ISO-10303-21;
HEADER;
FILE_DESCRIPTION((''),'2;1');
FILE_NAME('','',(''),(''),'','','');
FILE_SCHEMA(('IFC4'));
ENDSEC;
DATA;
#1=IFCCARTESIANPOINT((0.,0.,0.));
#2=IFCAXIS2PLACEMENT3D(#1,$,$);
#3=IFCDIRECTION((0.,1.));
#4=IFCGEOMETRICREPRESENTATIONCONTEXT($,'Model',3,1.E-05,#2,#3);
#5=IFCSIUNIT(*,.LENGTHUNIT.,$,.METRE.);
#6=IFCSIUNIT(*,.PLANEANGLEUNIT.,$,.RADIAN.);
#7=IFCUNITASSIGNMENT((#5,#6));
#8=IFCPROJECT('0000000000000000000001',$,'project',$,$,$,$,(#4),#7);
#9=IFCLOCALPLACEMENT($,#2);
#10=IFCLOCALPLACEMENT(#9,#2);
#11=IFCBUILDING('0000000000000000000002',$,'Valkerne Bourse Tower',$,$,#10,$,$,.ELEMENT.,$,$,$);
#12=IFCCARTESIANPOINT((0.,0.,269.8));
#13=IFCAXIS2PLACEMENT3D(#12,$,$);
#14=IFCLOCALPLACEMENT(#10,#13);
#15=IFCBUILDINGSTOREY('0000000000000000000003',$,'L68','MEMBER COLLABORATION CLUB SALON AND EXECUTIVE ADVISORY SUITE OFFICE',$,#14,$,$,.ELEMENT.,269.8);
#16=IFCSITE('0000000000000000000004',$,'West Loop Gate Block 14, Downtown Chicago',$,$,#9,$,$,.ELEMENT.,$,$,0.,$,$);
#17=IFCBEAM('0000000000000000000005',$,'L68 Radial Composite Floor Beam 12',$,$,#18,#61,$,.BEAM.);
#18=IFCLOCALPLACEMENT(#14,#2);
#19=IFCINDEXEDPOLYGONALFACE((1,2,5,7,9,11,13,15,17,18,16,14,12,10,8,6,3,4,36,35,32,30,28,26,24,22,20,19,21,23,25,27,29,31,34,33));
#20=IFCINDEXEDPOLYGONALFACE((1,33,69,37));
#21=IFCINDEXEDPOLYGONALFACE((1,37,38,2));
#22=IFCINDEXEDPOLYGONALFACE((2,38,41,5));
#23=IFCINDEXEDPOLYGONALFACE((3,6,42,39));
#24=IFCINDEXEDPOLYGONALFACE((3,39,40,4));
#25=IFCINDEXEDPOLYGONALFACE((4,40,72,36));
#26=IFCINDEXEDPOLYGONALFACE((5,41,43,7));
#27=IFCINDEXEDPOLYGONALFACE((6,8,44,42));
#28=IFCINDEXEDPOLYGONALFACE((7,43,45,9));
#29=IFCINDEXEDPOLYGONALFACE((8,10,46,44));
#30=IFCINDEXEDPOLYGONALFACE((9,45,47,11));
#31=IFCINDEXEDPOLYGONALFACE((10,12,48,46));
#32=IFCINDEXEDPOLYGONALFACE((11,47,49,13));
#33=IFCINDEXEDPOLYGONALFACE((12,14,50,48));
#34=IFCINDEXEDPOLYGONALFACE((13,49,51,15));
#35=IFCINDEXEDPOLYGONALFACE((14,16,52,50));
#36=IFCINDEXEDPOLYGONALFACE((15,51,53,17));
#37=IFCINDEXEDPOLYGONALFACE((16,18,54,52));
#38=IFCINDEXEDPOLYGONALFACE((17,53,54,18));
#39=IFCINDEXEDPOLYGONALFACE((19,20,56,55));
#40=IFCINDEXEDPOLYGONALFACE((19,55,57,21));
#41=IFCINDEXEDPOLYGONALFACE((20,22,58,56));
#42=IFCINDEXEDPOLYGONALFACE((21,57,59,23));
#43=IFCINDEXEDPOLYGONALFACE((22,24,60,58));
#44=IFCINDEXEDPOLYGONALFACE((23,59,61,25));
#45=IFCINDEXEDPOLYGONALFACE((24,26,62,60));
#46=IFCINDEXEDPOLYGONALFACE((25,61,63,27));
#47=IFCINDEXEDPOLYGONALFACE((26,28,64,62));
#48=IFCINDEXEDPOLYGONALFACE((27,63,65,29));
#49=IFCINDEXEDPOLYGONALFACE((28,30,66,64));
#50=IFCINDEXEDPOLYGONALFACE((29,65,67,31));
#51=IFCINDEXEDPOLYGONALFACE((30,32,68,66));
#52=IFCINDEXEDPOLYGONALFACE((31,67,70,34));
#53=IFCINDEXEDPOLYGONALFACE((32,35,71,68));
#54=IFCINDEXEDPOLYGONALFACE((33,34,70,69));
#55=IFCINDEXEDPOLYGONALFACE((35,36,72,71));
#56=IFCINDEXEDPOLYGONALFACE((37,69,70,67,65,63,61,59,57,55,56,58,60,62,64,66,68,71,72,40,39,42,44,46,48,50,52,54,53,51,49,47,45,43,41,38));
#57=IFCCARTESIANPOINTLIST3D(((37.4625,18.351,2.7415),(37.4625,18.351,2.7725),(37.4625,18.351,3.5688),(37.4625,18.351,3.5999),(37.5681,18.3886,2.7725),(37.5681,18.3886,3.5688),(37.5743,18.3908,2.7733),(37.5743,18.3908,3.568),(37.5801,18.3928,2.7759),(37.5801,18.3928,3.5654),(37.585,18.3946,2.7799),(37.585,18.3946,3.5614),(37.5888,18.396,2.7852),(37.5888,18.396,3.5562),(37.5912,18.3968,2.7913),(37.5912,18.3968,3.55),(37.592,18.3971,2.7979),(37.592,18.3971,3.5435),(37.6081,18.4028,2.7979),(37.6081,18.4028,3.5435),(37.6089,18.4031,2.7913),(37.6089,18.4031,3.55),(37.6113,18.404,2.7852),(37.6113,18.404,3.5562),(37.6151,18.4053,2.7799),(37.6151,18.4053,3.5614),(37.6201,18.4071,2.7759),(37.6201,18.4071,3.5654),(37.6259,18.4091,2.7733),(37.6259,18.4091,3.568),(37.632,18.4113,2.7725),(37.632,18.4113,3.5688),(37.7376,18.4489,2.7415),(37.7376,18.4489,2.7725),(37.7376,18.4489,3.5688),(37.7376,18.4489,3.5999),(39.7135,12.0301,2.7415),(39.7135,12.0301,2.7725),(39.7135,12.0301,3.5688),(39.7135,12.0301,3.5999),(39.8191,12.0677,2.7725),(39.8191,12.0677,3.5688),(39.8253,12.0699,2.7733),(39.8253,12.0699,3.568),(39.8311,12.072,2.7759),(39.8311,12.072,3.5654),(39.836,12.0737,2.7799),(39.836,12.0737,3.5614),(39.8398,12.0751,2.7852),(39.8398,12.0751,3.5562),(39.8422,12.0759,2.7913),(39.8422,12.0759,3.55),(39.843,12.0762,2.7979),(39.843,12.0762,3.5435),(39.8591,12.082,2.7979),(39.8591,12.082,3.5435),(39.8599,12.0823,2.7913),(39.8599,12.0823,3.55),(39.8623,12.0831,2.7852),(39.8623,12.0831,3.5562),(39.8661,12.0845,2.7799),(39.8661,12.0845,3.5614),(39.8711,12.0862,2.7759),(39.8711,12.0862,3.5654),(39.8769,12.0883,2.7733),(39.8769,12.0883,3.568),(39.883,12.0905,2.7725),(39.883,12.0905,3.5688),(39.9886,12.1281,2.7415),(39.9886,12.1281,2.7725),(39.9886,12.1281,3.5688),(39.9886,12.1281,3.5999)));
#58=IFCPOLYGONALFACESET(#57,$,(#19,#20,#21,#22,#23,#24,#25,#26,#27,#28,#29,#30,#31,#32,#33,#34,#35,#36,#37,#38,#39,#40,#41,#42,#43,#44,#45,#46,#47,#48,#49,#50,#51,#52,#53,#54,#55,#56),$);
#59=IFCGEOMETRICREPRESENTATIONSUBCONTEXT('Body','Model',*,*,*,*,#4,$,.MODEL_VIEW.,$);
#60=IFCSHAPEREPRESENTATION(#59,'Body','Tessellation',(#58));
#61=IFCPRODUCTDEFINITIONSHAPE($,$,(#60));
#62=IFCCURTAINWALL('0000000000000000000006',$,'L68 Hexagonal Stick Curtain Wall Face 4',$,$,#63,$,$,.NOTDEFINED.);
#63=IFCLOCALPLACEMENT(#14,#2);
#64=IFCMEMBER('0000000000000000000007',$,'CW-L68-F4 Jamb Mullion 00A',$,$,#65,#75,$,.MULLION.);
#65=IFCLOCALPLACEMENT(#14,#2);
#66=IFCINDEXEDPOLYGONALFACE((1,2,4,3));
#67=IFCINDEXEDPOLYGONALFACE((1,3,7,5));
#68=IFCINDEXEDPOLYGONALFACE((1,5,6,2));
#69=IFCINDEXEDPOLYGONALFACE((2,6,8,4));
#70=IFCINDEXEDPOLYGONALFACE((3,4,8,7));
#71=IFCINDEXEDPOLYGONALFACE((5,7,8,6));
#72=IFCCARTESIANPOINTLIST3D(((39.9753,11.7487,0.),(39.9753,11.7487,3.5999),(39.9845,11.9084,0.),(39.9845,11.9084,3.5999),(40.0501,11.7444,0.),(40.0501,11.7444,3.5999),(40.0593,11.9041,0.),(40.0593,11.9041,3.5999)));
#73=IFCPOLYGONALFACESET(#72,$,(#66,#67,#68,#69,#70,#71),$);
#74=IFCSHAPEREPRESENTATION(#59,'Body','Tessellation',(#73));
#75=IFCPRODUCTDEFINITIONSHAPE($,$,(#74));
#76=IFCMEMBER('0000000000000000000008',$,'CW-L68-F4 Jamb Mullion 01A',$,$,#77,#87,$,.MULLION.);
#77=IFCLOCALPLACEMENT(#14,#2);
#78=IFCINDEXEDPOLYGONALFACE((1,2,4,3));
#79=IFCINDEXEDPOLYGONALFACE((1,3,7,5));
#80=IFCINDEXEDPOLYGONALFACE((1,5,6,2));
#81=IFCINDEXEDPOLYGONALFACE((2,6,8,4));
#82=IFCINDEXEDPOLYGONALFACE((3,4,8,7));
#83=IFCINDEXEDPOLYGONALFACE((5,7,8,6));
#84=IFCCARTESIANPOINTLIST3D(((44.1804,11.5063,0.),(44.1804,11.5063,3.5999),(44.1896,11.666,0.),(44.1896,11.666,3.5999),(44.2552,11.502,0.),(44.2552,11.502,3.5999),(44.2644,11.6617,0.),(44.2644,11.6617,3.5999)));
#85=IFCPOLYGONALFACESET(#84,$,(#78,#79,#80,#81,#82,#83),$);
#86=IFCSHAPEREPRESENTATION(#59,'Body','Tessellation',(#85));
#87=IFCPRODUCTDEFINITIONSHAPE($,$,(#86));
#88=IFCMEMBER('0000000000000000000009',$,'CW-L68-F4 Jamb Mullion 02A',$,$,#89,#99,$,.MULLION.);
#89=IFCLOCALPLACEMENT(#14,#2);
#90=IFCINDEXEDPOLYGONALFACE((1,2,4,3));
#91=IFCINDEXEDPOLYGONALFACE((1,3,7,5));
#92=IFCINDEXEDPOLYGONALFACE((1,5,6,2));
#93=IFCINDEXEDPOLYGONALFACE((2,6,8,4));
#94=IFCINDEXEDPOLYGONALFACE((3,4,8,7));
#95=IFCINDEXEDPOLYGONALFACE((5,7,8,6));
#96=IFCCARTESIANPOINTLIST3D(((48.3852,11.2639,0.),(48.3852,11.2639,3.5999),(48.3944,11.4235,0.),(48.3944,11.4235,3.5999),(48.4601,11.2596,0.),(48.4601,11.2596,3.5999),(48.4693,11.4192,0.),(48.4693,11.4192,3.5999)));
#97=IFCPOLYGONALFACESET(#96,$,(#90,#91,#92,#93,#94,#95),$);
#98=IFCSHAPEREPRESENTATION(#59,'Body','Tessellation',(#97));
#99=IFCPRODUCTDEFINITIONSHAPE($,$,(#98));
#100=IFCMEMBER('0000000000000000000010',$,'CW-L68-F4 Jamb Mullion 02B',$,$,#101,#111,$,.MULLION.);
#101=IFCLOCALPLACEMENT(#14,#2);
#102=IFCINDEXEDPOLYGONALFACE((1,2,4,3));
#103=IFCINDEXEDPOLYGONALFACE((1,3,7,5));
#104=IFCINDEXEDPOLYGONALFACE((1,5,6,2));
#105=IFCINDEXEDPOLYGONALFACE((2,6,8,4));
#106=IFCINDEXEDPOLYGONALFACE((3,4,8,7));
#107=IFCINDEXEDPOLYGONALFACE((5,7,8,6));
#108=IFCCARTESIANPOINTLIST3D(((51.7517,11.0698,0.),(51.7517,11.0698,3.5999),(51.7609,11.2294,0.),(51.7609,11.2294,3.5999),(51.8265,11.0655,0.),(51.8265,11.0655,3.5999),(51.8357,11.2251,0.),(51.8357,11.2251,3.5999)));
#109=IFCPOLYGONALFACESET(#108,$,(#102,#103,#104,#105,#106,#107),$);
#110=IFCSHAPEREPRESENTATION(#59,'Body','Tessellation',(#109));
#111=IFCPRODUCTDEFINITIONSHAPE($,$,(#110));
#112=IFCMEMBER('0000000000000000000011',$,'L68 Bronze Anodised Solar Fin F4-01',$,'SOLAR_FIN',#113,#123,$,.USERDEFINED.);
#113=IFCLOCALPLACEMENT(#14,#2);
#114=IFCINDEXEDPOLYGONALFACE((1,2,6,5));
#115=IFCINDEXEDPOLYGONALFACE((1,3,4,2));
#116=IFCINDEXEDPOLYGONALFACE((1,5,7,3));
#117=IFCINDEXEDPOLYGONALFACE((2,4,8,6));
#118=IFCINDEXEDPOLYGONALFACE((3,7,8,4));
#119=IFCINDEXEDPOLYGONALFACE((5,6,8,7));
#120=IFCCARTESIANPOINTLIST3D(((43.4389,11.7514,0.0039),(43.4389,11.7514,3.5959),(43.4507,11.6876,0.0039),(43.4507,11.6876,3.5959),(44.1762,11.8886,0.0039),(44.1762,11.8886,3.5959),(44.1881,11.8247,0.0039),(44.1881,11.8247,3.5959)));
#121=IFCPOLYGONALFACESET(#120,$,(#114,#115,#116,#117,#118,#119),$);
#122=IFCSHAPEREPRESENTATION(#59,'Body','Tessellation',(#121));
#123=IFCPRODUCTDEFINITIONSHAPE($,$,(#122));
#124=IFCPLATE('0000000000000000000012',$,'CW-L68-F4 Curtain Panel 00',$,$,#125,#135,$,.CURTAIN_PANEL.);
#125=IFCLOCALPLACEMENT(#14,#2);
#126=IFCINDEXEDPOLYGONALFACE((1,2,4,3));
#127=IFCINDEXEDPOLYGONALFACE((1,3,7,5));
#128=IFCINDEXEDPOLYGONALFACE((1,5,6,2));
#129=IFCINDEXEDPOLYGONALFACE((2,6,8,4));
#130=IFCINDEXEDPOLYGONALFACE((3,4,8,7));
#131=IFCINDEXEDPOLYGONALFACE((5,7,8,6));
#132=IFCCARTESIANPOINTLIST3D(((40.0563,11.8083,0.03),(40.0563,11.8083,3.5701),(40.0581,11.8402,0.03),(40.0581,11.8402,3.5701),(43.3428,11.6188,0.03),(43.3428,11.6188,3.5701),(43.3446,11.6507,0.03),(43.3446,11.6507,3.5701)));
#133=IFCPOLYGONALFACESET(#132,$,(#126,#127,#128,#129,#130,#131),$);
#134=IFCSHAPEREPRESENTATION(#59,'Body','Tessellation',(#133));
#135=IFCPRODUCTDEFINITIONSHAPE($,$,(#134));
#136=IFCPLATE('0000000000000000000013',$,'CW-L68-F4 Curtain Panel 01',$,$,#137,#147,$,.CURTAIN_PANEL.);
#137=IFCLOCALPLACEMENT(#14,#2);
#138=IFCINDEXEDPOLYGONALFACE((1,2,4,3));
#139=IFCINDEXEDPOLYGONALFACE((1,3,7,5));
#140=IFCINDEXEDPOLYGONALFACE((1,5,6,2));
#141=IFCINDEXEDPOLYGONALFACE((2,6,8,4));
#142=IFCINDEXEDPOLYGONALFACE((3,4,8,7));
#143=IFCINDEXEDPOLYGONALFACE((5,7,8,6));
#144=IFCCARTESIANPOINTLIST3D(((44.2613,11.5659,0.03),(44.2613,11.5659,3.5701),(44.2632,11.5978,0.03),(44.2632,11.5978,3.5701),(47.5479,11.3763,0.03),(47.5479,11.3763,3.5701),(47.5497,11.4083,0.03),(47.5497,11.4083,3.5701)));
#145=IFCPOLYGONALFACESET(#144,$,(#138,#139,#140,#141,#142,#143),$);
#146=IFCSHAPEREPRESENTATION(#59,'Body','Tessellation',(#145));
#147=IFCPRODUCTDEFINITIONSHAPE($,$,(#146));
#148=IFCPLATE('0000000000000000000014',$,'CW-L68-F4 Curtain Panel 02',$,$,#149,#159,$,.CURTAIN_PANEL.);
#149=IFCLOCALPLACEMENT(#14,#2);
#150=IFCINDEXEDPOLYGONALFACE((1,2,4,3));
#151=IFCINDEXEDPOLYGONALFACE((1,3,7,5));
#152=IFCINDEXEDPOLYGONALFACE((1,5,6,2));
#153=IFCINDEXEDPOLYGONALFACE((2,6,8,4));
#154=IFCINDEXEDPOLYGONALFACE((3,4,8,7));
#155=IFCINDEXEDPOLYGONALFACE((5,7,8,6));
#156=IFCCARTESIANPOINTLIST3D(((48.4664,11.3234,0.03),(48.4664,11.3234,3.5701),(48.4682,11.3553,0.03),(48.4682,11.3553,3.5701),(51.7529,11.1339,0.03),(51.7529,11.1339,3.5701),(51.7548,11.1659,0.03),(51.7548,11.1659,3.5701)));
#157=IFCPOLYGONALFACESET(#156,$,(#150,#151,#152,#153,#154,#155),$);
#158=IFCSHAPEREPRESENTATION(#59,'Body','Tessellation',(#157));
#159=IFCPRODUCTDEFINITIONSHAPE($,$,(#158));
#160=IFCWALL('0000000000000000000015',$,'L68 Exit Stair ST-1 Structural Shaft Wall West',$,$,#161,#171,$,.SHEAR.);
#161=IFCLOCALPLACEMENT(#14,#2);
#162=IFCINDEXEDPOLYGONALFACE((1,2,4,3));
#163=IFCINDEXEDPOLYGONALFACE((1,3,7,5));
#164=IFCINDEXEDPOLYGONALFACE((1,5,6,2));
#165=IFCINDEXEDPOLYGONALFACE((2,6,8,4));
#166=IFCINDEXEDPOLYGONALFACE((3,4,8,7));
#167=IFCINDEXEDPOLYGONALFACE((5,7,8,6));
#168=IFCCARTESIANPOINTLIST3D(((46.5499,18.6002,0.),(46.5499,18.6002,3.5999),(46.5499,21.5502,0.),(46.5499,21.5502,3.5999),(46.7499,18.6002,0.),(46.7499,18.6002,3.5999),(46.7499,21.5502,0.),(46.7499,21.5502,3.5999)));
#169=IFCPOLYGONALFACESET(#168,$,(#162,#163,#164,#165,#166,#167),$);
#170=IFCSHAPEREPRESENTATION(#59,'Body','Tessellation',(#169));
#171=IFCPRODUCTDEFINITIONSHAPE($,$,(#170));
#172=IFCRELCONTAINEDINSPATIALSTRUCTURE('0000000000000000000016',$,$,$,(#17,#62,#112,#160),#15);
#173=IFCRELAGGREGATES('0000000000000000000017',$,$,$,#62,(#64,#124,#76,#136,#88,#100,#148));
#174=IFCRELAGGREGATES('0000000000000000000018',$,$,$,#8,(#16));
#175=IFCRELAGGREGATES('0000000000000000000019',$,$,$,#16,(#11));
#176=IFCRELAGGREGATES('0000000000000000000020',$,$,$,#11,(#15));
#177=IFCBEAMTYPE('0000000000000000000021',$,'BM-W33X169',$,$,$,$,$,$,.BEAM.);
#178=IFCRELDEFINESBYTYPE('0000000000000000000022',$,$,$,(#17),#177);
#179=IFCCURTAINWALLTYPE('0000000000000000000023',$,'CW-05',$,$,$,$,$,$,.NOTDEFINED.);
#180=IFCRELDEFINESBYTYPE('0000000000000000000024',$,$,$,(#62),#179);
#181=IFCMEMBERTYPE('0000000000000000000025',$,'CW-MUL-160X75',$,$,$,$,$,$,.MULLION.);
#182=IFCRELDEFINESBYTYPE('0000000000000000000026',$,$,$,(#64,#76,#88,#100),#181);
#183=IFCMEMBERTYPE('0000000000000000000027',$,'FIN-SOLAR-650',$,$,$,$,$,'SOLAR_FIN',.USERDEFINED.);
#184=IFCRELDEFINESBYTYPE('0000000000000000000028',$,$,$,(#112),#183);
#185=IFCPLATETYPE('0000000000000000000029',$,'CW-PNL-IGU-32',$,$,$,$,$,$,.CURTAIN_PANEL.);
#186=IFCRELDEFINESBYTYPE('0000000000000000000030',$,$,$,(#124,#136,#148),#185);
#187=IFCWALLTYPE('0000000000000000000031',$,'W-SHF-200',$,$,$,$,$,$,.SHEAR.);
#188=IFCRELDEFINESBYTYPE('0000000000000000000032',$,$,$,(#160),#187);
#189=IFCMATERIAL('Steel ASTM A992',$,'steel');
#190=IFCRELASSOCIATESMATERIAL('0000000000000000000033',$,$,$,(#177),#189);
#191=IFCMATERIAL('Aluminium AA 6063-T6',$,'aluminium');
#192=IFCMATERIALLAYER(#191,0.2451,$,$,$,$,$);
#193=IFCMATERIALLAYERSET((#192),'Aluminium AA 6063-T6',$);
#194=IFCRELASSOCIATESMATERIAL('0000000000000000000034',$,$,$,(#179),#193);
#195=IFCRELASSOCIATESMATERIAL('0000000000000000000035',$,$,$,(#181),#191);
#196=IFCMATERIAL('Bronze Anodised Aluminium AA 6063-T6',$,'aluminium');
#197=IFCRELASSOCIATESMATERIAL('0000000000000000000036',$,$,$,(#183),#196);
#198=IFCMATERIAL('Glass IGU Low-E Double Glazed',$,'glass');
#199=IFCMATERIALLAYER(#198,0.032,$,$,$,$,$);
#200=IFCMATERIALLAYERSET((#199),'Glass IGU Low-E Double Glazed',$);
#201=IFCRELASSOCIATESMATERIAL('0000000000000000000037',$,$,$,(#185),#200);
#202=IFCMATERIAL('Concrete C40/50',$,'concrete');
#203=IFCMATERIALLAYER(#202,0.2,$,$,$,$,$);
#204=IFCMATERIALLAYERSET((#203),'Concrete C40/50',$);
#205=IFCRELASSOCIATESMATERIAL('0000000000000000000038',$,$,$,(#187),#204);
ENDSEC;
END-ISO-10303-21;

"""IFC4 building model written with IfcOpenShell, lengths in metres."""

from ifc_helpers import new_model, si_unit, direction, frame, frame_2d, origin, origin_2d, place, context, subcontext, project, spatial, rectangle, i_section, extrude, material, layer, layer_set, material_profile, profile_set, type_object, element, aggregate, save


model = new_model("IFC4")

# Units and contexts
model_context = context("Model", 3, precision=1e-05, world=origin(), true_north=direction((0.0, 1.0)))
body_context = subcontext(model_context, "Body", "Model", "MODEL_VIEW")
ifc_project = project(units=[si_unit("LENGTHUNIT", "METRE"), si_unit("PLANEANGLEUNIT", "RADIAN")], contexts=[model_context])

# Site, building, storey
site_placement = place(None, origin())
site = spatial("IfcSite", under=ifc_project, at=site_placement, Name="West Loop Gate Block 14, Downtown Chicago", CompositionType="ELEMENT", RefElevation=0.0)
building_placement = place(site_placement, origin())
building = spatial("IfcBuilding", under=site, at=building_placement, Name="Valkerne Bourse Tower", CompositionType="ELEMENT")
storey_placement = place(building_placement, frame((0.0, 0.0, 269.8)))
storey = spatial("IfcBuildingStorey", under=building, at=storey_placement, Name="L68", Description="MEMBER COLLABORATION CLUB SALON AND EXECUTIVE ADVISORY SUITE OFFICE", CompositionType="ELEMENT", Elevation=269.8)

# Beam
ifc_material_1 = material(Name="Steel ASTM A992", Category="steel")
ifc_material_profile_1 = material_profile(ifc_material_1, i_section(OverallWidth=0.292, OverallDepth=0.8584, WebThickness=0.0171, FlangeThickness=0.031, FilletRadius=0.0254, at=origin_2d()), Name="W33X169")
ifc_profile_set_1 = profile_set([ifc_material_profile_1], Name="Steel ASTM A992")
beam_type_1 = type_object("IfcBeamType", Name="BM-W33X169", PredefinedType="BEAM", material=ifc_profile_set_1)
beam_1_placement = place(storey_placement, frame((39.8511, 12.0791, 3.1707), z_axis=(-0.335483, 0.942046, 0.0), x_axis=(-0.942046, -0.335483, 0.0)))
element("IfcBeam", 1, at=beam_1_placement, inside=storey, type_object=beam_type_1, Name="L68 Radial Composite Floor Beam 12", PredefinedType="BEAM", context=body_context, shape_type="SweptSolid", body=[
    extrude(i_section(OverallWidth=0.292, OverallDepth=0.8584, WebThickness=0.0171, FlangeThickness=0.031, FilletRadius=0.0254, at=origin_2d()), origin(), (0.0, 0.0, 1.0), 6.7097),
])

# Curtain wall, members
ifc_material_2 = material(Name="Aluminium AA 6063-T6", Category="aluminium")
ifc_layer_1 = layer(ifc_material_2, 0.2451)
ifc_layer_set_1 = layer_set([ifc_layer_1], Name="Aluminium AA 6063-T6")
curtain_wall_type = type_object("IfcCurtainWallType", Name="CW-05", PredefinedType="NOTDEFINED", material=ifc_layer_set_1)
curtain_wall_placement = place(storey_placement, origin())
curtain_wall = element("IfcCurtainWall", 2, at=curtain_wall_placement, inside=storey, type_object=curtain_wall_type, Name="L68 Hexagonal Stick Curtain Wall Face 4", PredefinedType="NOTDEFINED")
ifc_material_profile_2 = material_profile(ifc_material_2, rectangle(XDim=0.075, YDim=0.1599, at=origin_2d()), Name="CWM-75X160")
ifc_profile_set_2 = profile_set([ifc_material_profile_2], Name="Aluminium AA 6063-T6")
member_type_1 = type_object("IfcMemberType", Name="CW-MUL-160X75", PredefinedType="MULLION", material=ifc_profile_set_2)
member_1_placement = place(storey_placement, frame((40.0173, 11.8264, 0.0), z_axis=(0.0, 0.0, 1.0), x_axis=(0.998343, -0.05755, 0.0)))
member_1 = element("IfcMember", 3, at=member_1_placement, type_object=member_type_1, Name="CW-L68-F4 Jamb Mullion 00A", PredefinedType="MULLION", context=body_context, shape_type="SweptSolid", body=[
    extrude(rectangle(XDim=0.075, YDim=0.1599, at=origin_2d()), origin(), (0.0, 0.0, 1.0), 3.5999),
])
member_2_placement = place(storey_placement, frame((44.2224, 11.584, 0.0), z_axis=(0.0, 0.0, 1.0), x_axis=(0.998341, -0.057574, 0.0)))
member_2 = element("IfcMember", 4, at=member_2_placement, type_object=member_type_1, Name="CW-L68-F4 Jamb Mullion 01A", PredefinedType="MULLION", context=body_context, shape_type="SweptSolid", body=[
    extrude(rectangle(XDim=0.075, YDim=0.1599, at=origin_2d()), origin(), (0.0, 0.0, 1.0), 3.5999),
])
member_3_placement = place(storey_placement, frame((48.4272, 11.3416, 0.0), z_axis=(0.0, 0.0, 1.0), x_axis=(0.998343, -0.05755, 0.0)))
member_3 = element("IfcMember", 5, at=member_3_placement, type_object=member_type_1, Name="CW-L68-F4 Jamb Mullion 02A", PredefinedType="MULLION", context=body_context, shape_type="SweptSolid", body=[
    extrude(rectangle(XDim=0.075, YDim=0.1599, at=origin_2d()), origin(), (0.0, 0.0, 1.0), 3.5999),
])
member_4_placement = place(storey_placement, frame((51.7937, 11.1475, 0.0), z_axis=(0.0, 0.0, 1.0), x_axis=(0.998343, -0.05755, 0.0)))
member_4 = element("IfcMember", 6, at=member_4_placement, type_object=member_type_1, Name="CW-L68-F4 Jamb Mullion 02B", PredefinedType="MULLION", context=body_context, shape_type="SweptSolid", body=[
    extrude(rectangle(XDim=0.075, YDim=0.1599, at=origin_2d()), origin(), (0.0, 0.0, 1.0), 3.5999),
])

# Member
ifc_material_3 = material(Name="Bronze Anodised Aluminium AA 6063-T6", Category="aluminium")
ifc_material_profile_3 = material_profile(ifc_material_3, rectangle(XDim=0.0649, YDim=0.75, at=origin_2d()), Name="FIN-65X750")
ifc_profile_set_3 = profile_set([ifc_material_profile_3], Name="Bronze Anodised Aluminium AA 6063-T6")
member_type_2 = type_object("IfcMemberType", Name="FIN-SOLAR-650", ElementType="SOLAR_FIN", PredefinedType="USERDEFINED", material=ifc_profile_set_3)
member_5_placement = place(storey_placement, frame((43.8135, 11.7881, 0.0039), z_axis=(0.0, 0.0, 1.0), x_axis=(0.182894, -0.983133, 0.0)))
element("IfcMember", 7, at=member_5_placement, inside=storey, type_object=member_type_2, Name="L68 Bronze Anodised Solar Fin F4-01", ObjectType="SOLAR_FIN", PredefinedType="USERDEFINED", context=body_context, shape_type="SweptSolid", body=[
    extrude(rectangle(XDim=0.0649, YDim=0.75, at=origin_2d()), origin(), (0.0, 0.0, 1.0), 3.592),
])

# Plates
ifc_material_4 = material(Name="Glass IGU Low-E Double Glazed", Category="glass")
ifc_layer_2 = layer(ifc_material_4, 0.032)
ifc_layer_set_2 = layer_set([ifc_layer_2], Name="Glass IGU Low-E Double Glazed")
plate_type = type_object("IfcPlateType", Name="CW-PNL-IGU-32", PredefinedType="CURTAIN_PANEL", material=ifc_layer_set_2)
plate_1_placement = place(storey_placement, frame((41.7004, 11.7295, 0.03), z_axis=(0.0, 0.0, 1.0), x_axis=(0.998343, -0.05755, 0.0)))
plate_1 = element("IfcPlate", 8, at=plate_1_placement, type_object=plate_type, Name="CW-L68-F4 Curtain Panel 00", PredefinedType="CURTAIN_PANEL", context=body_context, shape_type="SweptSolid", body=[
    extrude(rectangle(XDim=3.292, YDim=0.032, at=origin_2d()), origin(), (0.0, 0.0, 1.0), 3.54),
])
plate_2_placement = place(storey_placement, frame((45.9055, 11.4871, 0.03), z_axis=(0.0, 0.0, 1.0), x_axis=(0.998341, -0.057574, 0.0)))
plate_2 = element("IfcPlate", 9, at=plate_2_placement, type_object=plate_type, Name="CW-L68-F4 Curtain Panel 01", PredefinedType="CURTAIN_PANEL", context=body_context, shape_type="SweptSolid", body=[
    extrude(rectangle(XDim=3.292, YDim=0.032, at=origin_2d()), origin(), (0.0, 0.0, 1.0), 3.54),
])
plate_3_placement = place(storey_placement, frame((50.1106, 11.2446, 0.03), z_axis=(0.0, 0.0, 1.0), x_axis=(0.998343, -0.05755, 0.0)))
plate_3 = element("IfcPlate", 10, at=plate_3_placement, type_object=plate_type, Name="CW-L68-F4 Curtain Panel 02", PredefinedType="CURTAIN_PANEL", context=body_context, shape_type="SweptSolid", body=[
    extrude(rectangle(XDim=3.292, YDim=0.032, at=origin_2d()), origin(), (0.0, 0.0, 1.0), 3.54),
])
aggregate(curtain_wall, [member_1, plate_1, member_2, plate_2, member_3, member_4, plate_3])

# Wall
ifc_material_5 = material(Name="Concrete C40/50", Category="concrete")
ifc_layer_3 = layer(ifc_material_5, 0.2)
ifc_layer_set_3 = layer_set([ifc_layer_3], Name="Concrete C40/50")
wall_type = type_object("IfcWallType", Name="W-SHF-200", PredefinedType="SHEAR", material=ifc_layer_set_3)
wall_placement = place(storey_placement, frame((46.6499, 18.6001, 0.0), z_axis=(0.0, 0.0, 1.0), x_axis=(0.0, 1.0, 0.0)))
element("IfcWall", 11, at=wall_placement, inside=storey, type_object=wall_type, Name="L68 Exit Stair ST-1 Structural Shaft Wall West", PredefinedType="SHEAR", context=body_context, shape_type="SweptSolid", body=[
    extrude(rectangle(XDim=2.95, YDim=0.2, at=frame_2d((1.4751, 0.0))), origin(), (0.0, 0.0, 1.0), 3.5999),
])

save(model, "model.ifc")
